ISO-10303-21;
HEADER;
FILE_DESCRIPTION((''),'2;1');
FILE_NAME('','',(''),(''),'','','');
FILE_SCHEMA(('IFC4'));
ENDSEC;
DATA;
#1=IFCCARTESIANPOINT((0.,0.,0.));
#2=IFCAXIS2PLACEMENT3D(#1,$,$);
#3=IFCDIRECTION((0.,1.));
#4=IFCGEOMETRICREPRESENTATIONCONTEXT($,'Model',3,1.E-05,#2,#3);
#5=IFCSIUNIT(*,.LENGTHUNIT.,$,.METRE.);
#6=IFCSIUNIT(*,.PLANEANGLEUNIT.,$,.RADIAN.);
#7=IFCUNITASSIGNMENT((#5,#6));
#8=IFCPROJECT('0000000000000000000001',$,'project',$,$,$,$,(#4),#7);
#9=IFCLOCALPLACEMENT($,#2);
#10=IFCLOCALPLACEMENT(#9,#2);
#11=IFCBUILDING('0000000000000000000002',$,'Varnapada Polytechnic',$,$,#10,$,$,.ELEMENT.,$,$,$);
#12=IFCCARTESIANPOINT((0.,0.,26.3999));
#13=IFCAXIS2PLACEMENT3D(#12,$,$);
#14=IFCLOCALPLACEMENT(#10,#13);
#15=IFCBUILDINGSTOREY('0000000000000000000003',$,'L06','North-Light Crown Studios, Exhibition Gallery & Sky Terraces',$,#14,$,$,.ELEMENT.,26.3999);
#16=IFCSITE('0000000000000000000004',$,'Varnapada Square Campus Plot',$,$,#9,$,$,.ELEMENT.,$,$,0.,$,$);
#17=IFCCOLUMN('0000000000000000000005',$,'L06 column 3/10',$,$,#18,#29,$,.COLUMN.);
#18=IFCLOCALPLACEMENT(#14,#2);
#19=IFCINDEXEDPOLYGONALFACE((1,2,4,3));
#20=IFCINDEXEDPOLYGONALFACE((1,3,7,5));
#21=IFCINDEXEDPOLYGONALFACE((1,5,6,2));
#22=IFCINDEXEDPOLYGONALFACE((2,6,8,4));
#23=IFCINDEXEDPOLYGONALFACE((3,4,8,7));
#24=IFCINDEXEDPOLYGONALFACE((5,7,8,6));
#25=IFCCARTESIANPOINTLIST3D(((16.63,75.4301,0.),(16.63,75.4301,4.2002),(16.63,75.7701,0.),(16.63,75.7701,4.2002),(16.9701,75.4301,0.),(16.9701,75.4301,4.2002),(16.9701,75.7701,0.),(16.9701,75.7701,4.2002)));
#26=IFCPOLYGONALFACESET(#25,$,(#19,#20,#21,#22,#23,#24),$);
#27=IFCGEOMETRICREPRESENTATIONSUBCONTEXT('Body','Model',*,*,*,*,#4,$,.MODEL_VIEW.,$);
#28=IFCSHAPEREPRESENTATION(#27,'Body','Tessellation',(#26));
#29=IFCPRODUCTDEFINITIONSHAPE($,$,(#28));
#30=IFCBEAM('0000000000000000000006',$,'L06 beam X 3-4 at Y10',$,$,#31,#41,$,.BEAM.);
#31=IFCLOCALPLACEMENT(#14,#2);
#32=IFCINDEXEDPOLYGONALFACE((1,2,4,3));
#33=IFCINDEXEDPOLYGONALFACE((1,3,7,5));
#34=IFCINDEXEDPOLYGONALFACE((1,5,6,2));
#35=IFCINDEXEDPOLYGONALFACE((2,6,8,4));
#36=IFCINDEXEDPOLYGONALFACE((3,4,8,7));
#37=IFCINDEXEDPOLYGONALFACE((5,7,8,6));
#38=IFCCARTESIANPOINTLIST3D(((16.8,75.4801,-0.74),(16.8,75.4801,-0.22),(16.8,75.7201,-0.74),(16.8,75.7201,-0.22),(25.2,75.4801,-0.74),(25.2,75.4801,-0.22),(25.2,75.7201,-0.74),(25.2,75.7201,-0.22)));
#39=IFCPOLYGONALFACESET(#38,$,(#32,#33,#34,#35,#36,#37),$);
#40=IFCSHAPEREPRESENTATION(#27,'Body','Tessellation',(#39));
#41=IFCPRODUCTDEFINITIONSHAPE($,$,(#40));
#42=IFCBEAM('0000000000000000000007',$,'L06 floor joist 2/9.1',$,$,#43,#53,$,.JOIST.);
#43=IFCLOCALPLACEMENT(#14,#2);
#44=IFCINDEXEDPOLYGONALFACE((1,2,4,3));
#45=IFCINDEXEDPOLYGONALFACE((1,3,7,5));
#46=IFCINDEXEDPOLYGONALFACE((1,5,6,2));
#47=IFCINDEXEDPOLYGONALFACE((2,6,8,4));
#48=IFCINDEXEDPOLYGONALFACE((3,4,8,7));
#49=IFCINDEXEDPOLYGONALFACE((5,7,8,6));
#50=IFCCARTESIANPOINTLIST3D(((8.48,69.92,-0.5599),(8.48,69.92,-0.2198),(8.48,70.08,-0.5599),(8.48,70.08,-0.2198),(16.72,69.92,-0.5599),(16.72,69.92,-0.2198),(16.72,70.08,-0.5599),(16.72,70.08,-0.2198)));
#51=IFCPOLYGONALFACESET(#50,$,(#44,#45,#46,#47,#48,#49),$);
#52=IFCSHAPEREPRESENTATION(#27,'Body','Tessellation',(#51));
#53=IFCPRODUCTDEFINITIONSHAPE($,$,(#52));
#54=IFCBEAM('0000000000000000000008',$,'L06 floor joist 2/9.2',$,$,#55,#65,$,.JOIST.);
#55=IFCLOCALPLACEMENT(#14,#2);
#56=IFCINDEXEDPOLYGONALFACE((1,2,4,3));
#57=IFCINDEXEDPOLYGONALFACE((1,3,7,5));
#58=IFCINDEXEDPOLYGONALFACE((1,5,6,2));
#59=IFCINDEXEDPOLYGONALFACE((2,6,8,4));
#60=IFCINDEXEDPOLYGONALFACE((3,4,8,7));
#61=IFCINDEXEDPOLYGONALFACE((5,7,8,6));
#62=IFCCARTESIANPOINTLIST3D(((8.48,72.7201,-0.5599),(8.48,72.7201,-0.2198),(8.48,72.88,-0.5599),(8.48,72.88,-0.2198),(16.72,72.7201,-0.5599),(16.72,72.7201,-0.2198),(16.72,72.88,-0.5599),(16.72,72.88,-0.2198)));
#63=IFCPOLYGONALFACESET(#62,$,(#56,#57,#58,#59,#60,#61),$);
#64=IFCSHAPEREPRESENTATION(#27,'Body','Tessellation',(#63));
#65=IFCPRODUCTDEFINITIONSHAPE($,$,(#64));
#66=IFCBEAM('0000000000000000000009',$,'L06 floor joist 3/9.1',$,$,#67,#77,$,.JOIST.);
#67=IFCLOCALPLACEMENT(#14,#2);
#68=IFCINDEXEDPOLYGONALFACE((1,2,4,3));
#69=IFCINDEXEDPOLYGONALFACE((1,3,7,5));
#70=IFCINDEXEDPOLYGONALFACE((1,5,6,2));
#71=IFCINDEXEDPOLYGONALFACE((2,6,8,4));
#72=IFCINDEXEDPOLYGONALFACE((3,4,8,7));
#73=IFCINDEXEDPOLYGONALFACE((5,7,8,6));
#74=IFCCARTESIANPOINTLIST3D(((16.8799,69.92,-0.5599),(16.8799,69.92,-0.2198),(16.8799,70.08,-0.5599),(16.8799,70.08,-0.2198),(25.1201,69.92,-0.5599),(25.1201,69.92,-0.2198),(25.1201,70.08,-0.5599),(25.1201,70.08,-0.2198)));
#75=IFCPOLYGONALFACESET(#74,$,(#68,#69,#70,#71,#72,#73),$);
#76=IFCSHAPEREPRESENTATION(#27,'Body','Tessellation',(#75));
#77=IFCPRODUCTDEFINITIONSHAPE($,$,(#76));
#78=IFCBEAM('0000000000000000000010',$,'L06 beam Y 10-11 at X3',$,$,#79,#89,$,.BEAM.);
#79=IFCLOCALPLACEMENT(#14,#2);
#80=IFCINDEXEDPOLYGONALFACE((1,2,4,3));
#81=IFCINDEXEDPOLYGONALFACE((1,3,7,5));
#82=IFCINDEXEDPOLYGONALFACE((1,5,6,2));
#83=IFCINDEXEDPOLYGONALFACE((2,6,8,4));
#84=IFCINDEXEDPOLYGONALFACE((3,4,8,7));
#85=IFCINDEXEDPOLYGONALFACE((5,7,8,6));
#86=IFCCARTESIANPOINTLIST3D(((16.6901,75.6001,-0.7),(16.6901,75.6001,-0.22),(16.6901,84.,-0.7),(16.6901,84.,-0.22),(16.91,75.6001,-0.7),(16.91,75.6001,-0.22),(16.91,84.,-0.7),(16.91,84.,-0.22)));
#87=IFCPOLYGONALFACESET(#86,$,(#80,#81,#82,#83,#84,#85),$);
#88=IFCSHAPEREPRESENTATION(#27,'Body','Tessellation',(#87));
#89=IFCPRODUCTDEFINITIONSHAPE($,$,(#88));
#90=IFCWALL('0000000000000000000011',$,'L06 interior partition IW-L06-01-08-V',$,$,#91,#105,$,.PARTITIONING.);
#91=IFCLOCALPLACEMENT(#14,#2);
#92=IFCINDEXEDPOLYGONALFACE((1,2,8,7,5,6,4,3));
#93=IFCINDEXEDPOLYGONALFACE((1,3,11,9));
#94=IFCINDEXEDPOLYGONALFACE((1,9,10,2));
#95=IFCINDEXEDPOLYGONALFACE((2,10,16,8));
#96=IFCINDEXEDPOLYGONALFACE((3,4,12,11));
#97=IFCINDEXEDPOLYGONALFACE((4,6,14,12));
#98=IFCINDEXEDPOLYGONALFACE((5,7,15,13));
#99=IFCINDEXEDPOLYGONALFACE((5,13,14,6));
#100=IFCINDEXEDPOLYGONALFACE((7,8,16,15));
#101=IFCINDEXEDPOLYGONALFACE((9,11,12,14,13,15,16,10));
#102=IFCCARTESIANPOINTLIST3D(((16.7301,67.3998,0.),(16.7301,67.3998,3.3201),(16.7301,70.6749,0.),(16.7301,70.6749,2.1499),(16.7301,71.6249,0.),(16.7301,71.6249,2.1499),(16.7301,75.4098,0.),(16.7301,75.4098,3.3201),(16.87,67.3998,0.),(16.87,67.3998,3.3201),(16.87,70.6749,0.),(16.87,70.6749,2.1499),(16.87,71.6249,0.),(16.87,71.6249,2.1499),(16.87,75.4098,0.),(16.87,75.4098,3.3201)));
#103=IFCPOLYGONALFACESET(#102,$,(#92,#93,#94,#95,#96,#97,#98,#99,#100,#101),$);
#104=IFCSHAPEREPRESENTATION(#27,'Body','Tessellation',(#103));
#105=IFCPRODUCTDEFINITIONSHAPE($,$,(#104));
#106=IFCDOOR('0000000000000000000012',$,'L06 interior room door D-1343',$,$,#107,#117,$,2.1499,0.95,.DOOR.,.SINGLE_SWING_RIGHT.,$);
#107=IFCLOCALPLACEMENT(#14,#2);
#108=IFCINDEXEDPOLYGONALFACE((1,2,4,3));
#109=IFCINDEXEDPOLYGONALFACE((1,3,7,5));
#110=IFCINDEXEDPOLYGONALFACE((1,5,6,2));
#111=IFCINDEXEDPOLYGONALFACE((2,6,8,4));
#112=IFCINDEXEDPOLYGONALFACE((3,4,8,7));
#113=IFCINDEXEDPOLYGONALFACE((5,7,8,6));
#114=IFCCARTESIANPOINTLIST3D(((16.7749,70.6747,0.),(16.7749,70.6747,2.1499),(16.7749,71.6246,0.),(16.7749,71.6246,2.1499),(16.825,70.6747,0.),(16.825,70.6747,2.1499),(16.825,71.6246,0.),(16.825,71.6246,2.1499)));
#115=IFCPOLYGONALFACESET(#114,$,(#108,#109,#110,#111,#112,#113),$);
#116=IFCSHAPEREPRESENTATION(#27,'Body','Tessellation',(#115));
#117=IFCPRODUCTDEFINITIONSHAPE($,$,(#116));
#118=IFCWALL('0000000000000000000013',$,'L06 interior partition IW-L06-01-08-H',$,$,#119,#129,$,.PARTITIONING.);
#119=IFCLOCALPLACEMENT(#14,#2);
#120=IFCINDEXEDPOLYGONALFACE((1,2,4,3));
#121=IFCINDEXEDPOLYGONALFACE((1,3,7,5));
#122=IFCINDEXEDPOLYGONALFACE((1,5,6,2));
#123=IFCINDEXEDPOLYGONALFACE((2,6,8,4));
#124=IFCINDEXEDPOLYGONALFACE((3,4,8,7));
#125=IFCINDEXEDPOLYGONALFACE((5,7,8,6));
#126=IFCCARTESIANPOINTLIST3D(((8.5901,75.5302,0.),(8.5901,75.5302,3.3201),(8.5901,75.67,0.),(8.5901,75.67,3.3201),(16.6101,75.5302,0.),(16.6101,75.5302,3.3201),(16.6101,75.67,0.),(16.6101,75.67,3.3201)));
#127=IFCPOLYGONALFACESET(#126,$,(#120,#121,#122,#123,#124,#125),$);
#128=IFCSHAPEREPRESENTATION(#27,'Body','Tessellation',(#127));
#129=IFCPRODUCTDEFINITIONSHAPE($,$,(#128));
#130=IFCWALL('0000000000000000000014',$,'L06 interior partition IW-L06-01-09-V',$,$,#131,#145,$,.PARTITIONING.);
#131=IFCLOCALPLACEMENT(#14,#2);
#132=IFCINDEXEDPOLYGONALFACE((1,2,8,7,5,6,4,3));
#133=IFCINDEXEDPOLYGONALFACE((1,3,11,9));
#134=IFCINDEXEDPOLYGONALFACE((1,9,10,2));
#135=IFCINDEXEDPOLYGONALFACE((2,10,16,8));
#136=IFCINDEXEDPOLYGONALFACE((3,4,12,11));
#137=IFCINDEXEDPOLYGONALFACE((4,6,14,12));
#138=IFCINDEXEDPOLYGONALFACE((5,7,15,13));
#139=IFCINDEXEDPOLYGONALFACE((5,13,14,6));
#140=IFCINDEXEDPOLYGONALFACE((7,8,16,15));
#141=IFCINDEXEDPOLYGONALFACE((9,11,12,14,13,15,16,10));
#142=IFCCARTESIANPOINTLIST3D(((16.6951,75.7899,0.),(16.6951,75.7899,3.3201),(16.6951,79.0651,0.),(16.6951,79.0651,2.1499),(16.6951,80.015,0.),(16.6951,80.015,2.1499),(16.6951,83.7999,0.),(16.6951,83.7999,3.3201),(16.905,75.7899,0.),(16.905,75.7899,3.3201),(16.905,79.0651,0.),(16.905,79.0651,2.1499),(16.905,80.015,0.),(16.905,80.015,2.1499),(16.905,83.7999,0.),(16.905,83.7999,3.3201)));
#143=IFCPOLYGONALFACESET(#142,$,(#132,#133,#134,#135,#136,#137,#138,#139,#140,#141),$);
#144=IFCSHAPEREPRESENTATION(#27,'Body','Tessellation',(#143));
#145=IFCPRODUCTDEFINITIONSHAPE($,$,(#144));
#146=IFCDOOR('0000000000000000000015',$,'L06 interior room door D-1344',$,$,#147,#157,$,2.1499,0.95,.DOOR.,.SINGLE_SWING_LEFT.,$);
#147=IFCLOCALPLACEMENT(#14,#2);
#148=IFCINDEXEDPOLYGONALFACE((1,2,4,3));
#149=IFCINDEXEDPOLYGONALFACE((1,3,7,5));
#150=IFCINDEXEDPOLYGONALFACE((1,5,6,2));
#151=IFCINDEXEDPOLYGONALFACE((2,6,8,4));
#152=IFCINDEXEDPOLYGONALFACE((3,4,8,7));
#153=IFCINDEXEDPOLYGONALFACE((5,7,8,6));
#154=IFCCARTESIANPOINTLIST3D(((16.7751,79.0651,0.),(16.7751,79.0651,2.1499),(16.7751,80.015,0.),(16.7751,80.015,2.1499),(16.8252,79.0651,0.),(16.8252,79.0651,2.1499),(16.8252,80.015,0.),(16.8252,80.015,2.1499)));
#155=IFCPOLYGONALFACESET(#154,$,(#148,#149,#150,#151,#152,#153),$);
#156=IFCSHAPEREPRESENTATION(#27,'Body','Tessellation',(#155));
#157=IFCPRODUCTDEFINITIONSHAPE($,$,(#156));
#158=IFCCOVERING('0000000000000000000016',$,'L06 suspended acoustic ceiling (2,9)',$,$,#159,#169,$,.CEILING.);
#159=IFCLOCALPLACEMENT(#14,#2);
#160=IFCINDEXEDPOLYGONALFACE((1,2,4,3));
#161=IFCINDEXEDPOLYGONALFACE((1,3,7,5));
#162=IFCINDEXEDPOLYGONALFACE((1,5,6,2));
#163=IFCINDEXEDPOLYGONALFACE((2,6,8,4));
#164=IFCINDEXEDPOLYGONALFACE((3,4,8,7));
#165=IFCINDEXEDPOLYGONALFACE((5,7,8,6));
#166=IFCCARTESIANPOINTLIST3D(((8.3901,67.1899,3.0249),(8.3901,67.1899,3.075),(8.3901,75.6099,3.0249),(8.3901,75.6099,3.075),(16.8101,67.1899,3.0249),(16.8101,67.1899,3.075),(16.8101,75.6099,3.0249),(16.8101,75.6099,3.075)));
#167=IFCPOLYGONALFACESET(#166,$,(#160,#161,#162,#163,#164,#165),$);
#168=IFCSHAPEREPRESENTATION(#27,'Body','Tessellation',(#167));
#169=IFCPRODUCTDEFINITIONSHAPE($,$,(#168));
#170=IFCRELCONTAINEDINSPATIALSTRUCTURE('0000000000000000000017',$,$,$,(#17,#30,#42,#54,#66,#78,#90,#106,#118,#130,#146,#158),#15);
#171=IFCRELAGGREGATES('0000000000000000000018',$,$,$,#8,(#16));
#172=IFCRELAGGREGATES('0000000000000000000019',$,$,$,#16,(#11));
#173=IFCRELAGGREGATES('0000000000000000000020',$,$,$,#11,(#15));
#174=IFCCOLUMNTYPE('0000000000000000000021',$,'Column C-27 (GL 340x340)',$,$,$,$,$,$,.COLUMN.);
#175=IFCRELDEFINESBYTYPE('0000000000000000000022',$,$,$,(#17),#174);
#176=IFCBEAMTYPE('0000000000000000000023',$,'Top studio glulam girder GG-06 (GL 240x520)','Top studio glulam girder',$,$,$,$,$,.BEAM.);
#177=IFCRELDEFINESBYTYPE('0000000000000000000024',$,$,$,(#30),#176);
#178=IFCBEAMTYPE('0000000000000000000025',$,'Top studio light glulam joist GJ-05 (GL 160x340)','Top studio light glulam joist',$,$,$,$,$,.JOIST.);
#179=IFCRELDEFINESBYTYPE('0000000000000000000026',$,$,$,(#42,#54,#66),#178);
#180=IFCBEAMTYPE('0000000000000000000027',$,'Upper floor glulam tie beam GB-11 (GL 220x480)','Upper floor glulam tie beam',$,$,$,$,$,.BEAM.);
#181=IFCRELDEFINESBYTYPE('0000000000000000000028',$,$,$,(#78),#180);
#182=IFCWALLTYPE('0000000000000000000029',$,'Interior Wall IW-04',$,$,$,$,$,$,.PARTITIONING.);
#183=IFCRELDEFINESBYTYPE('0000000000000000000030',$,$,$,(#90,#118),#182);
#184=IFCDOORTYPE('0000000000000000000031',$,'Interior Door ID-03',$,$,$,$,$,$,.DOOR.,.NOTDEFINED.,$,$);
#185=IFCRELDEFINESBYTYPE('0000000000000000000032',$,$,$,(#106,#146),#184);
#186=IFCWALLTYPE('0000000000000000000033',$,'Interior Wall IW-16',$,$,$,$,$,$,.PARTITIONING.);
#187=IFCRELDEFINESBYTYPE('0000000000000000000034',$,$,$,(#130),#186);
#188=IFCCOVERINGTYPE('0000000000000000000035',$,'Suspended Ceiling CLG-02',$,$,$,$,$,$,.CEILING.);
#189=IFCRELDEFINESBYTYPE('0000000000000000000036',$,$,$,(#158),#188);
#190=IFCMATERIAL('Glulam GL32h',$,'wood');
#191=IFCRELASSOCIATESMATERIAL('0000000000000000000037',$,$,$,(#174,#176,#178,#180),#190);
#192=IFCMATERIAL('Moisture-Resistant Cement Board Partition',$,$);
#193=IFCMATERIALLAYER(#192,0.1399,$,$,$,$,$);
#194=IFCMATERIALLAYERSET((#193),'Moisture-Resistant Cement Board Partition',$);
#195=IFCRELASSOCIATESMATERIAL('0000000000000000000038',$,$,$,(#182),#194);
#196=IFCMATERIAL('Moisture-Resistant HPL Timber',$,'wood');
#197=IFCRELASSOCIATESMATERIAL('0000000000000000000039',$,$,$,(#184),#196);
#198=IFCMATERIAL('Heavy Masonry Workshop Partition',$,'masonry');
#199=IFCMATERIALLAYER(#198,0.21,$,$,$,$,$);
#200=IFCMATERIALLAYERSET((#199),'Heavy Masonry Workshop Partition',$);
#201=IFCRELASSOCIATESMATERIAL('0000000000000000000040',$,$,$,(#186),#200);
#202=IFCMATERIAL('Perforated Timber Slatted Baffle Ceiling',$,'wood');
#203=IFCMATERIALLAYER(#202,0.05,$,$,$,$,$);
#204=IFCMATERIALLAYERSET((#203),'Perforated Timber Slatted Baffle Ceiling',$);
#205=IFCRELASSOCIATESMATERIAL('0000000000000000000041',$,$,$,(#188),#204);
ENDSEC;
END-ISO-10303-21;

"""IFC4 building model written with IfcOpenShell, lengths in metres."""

from ifc_helpers import new_model, si_unit, direction, frame, frame_2d, origin, origin_2d, place, context, subcontext, project, spatial, rectangle, extrude, material, layer, layer_set, material_profile, profile_set, type_object, element, fill, save


model = new_model("IFC4")

# Units and contexts
model_context = context("Model", 3, precision=1e-05, world=origin(), true_north=direction((0.0, 1.0)))
body_context = subcontext(model_context, "Body", "Model", "MODEL_VIEW")
ifc_project = project(units=[si_unit("LENGTHUNIT", "METRE"), si_unit("PLANEANGLEUNIT", "RADIAN")], contexts=[model_context])

# Site, building, storey
site_placement = place(None, origin())
site = spatial("IfcSite", under=ifc_project, at=site_placement, Name="Varnapada Square Campus Plot", CompositionType="ELEMENT", RefElevation=0.0)
building_placement = place(site_placement, origin())
building = spatial("IfcBuilding", under=site, at=building_placement, Name="Varnapada Polytechnic", CompositionType="ELEMENT")
storey_placement = place(building_placement, frame((0.0, 0.0, 26.3999)))
storey = spatial("IfcBuildingStorey", under=building, at=storey_placement, Name="L06", Description="North-Light Crown Studios, Exhibition Gallery & Sky Terraces", CompositionType="ELEMENT", Elevation=26.3999)

# Column
ifc_material_1 = material(Name="Glulam GL32h", Category="wood")
ifc_material_profile_1 = material_profile(ifc_material_1, rectangle(XDim=0.3401, YDim=0.3401, at=origin_2d()), Name="GL 340x340")
ifc_profile_set_1 = profile_set([ifc_material_profile_1], Name="Glulam GL32h")
column_type = type_object("IfcColumnType", Name="Column C-27 (GL 340x340)", PredefinedType="COLUMN", material=ifc_profile_set_1)
column_placement = place(storey_placement, frame((16.8, 75.6001, 0.0), z_axis=(0.0, 0.0, 1.0), x_axis=(1.0, 0.0, 0.0)))
element("IfcColumn", 1, at=column_placement, inside=storey, type_object=column_type, Name="L06 column 3/10", PredefinedType="COLUMN", context=body_context, shape_type="SweptSolid", body=[
    extrude(rectangle(XDim=0.3401, YDim=0.3401, at=origin_2d()), origin(), (0.0, 0.0, 1.0), 4.2002),
])

# Beams
ifc_material_profile_2 = material_profile(ifc_material_1, rectangle(XDim=0.24, YDim=0.52, at=origin_2d()), Name="GL 240x520")
ifc_profile_set_2 = profile_set([ifc_material_profile_2], Name="Glulam GL32h")
beam_type_1 = type_object("IfcBeamType", Name="Top studio glulam girder GG-06 (GL 240x520)", Description="Top studio glulam girder", PredefinedType="BEAM", material=ifc_profile_set_2)
beam_1_placement = place(storey_placement, frame((16.8, 75.6001, -0.48), z_axis=(1.0, 0.0, 0.0), x_axis=(0.0, 1.0, 0.0)))
element("IfcBeam", 2, at=beam_1_placement, inside=storey, type_object=beam_type_1, Name="L06 beam X 3-4 at Y10", PredefinedType="BEAM", context=body_context, shape_type="SweptSolid", body=[
    extrude(rectangle(XDim=0.24, YDim=0.52, at=origin_2d()), origin(), (0.0, 0.0, 1.0), 8.3999),
])
ifc_material_profile_3 = material_profile(ifc_material_1, rectangle(XDim=0.1599, YDim=0.3401, at=origin_2d()), Name="GL 160x340")
ifc_profile_set_3 = profile_set([ifc_material_profile_3], Name="Glulam GL32h")
beam_type_2 = type_object("IfcBeamType", Name="Top studio light glulam joist GJ-05 (GL 160x340)", Description="Top studio light glulam joist", PredefinedType="JOIST", material=ifc_profile_set_3)
for number, where, z_axis, x_axis, name in (
    (3, (8.48, 70.0, -0.3899), (1.0, 0.0, 0.0), (0.0, 1.0, 0.0), "L06 floor joist 2/9.1"),
    (4, (8.48, 72.8, -0.3899), (1.0, 0.0, 0.0), (0.0, 1.0, 0.0), "L06 floor joist 2/9.2"),
):
    element("IfcBeam", number, at=place(storey_placement, frame(where, z_axis=z_axis, x_axis=x_axis)), inside=storey, type_object=beam_type_2, Name=name, PredefinedType="JOIST", context=body_context, shape_type="SweptSolid", body=[
        extrude(rectangle(XDim=0.1599, YDim=0.3401, at=origin_2d()), origin(), (0.0, 0.0, 1.0), 8.24),
    ])
beam_2_placement = place(storey_placement, frame((16.8799, 70.0, -0.3899), z_axis=(1.0, 0.0, 0.0), x_axis=(0.0, 1.0, 0.0)))
element("IfcBeam", 5, at=beam_2_placement, inside=storey, type_object=beam_type_2, Name="L06 floor joist 3/9.1", PredefinedType="JOIST", context=body_context, shape_type="SweptSolid", body=[
    extrude(rectangle(XDim=0.1599, YDim=0.3401, at=origin_2d()), origin(), (0.0, 0.0, 1.0), 8.2402),
])
ifc_material_profile_4 = material_profile(ifc_material_1, rectangle(XDim=0.22, YDim=0.48, at=origin_2d()), Name="GL 220x480")
ifc_profile_set_4 = profile_set([ifc_material_profile_4], Name="Glulam GL32h")
beam_type_3 = type_object("IfcBeamType", Name="Upper floor glulam tie beam GB-11 (GL 220x480)", Description="Upper floor glulam tie beam", PredefinedType="BEAM", material=ifc_profile_set_4)
beam_3_placement = place(storey_placement, frame((16.8, 75.6001, -0.46), z_axis=(0.0, 1.0, 0.0), x_axis=(-1.0, 0.0, 0.0)))
element("IfcBeam", 6, at=beam_3_placement, inside=storey, type_object=beam_type_3, Name="L06 beam Y 10-11 at X3", PredefinedType="BEAM", context=body_context, shape_type="SweptSolid", body=[
    extrude(rectangle(XDim=0.22, YDim=0.48, at=origin_2d()), origin(), (0.0, 0.0, 1.0), 8.3999),
])

# Wall, opening, door
ifc_material_2 = material(Name="Moisture-Resistant Cement Board Partition")
ifc_layer_1 = layer(ifc_material_2, 0.1399)
ifc_layer_set_1 = layer_set([ifc_layer_1], Name="Moisture-Resistant Cement Board Partition")
wall_type_1 = type_object("IfcWallType", Name="Interior Wall IW-04", PredefinedType="PARTITIONING", material=ifc_layer_set_1)
wall_1_placement = place(storey_placement, frame((16.8, 67.3999, 0.0), z_axis=(0.0, 0.0, 1.0), x_axis=(0.0, 1.0, 0.0)))
wall_1 = element("IfcWall", 7, at=wall_1_placement, inside=storey, type_object=wall_type_1, Name="L06 interior partition IW-L06-01-08-V", PredefinedType="PARTITIONING", context=body_context, shape_type="SweptSolid", body=[
    extrude(rectangle(XDim=8.01, YDim=0.1399, at=frame_2d((4.0049, 0.0))), origin(), (0.0, 0.0, 1.0), 3.3201),
])
opening_1_placement = place(wall_1_placement, frame((3.2749, 0.0, 0.0)))
opening_1 = element("IfcOpeningElement", 8, at=opening_1_placement, cuts=wall_1, PredefinedType="OPENING", context=body_context, shape_type="SweptSolid", body=[
    extrude(rectangle(XDim=0.95, YDim=2.1499, at=frame_2d((0.4751, 1.075))), frame((0.0, 0.0798, 0.0), z_axis=(0.0, -1.0, 0.0), x_axis=(1.0, 0.0, 0.0)), (0.0, 0.0, 1.0), 0.1599),
])
ifc_material_3 = material(Name="Moisture-Resistant HPL Timber", Category="wood")
door_type = type_object("IfcDoorType", Name="Interior Door ID-03", OperationType="NOTDEFINED", PredefinedType="DOOR", material=ifc_material_3)
door_1_placement = place(opening_1_placement, frame((0.95, 0.0, 0.0), z_axis=(0.0, 0.0, 1.0), x_axis=(-1.0, 0.0, 0.0)))
door_1 = element("IfcDoor", 9, at=door_1_placement, inside=storey, type_object=door_type, Name="L06 interior room door D-1343", OperationType="SINGLE_SWING_RIGHT", OverallHeight=2.1499, OverallWidth=0.95, PredefinedType="DOOR", context=body_context, shape_type="SweptSolid", body=[
    extrude(rectangle(XDim=0.95, YDim=2.1499, at=frame_2d((0.4751, 1.075))), frame((0.0, 0.0249, 0.0), z_axis=(0.0, -1.0, 0.0), x_axis=(1.0, 0.0, 0.0)), (0.0, 0.0, 1.0), 0.05),
])
fill(opening_1, door_1)

# Wall
wall_2_placement = place(storey_placement, frame((8.5901, 75.6001, 0.0), z_axis=(0.0, 0.0, 1.0), x_axis=(1.0, 0.0, 0.0)))
element("IfcWall", 10, at=wall_2_placement, inside=storey, type_object=wall_type_1, Name="L06 interior partition IW-L06-01-08-H", PredefinedType="PARTITIONING", context=body_context, shape_type="SweptSolid", body=[
    extrude(rectangle(XDim=8.02, YDim=0.1399, at=frame_2d((4.01, 0.0))), origin(), (0.0, 0.0, 1.0), 3.3201),
])

# Wall, opening, door
ifc_material_4 = material(Name="Heavy Masonry Workshop Partition", Category="masonry")
ifc_layer_2 = layer(ifc_material_4, 0.21)
ifc_layer_set_2 = layer_set([ifc_layer_2], Name="Heavy Masonry Workshop Partition")
wall_type_2 = type_object("IfcWallType", Name="Interior Wall IW-16", PredefinedType="PARTITIONING", material=ifc_layer_set_2)
wall_3_placement = place(storey_placement, frame((16.8, 75.79, 0.0), z_axis=(0.0, 0.0, 1.0), x_axis=(0.0, 1.0, 0.0)))
wall_3 = element("IfcWall", 11, at=wall_3_placement, inside=storey, type_object=wall_type_2, Name="L06 interior partition IW-L06-01-09-V", PredefinedType="PARTITIONING", context=body_context, shape_type="SweptSolid", body=[
    extrude(rectangle(XDim=8.01, YDim=0.21, at=frame_2d((4.0049, 0.0))), origin(), (0.0, 0.0, 1.0), 3.3201),
])
opening_2_placement = place(wall_3_placement, frame((3.2749, 0.0, 0.0)))
opening_2 = element("IfcOpeningElement", 12, at=opening_2_placement, cuts=wall_3, PredefinedType="OPENING", context=body_context, shape_type="SweptSolid", body=[
    extrude(rectangle(XDim=0.95, YDim=2.1499, at=frame_2d((0.4751, 1.075))), frame((0.0, 0.115, 0.0), z_axis=(0.0, -1.0, 0.0), x_axis=(1.0, 0.0, 0.0)), (0.0, 0.0, 1.0), 0.23),
])
door_2_placement = place(opening_2_placement, origin())
door_2 = element("IfcDoor", 13, at=door_2_placement, inside=storey, type_object=door_type, Name="L06 interior room door D-1344", OperationType="SINGLE_SWING_LEFT", OverallHeight=2.1499, OverallWidth=0.95, PredefinedType="DOOR", context=body_context, shape_type="SweptSolid", body=[
    extrude(rectangle(XDim=0.95, YDim=2.1499, at=frame_2d((0.4751, 1.075))), frame((0.0, 0.0249, 0.0), z_axis=(0.0, -1.0, 0.0), x_axis=(1.0, 0.0, 0.0)), (0.0, 0.0, 1.0), 0.05),
])
fill(opening_2, door_2)

# Covering
ifc_material_5 = material(Name="Perforated Timber Slatted Baffle Ceiling", Category="wood")
ifc_layer_3 = layer(ifc_material_5, 0.05)
ifc_layer_set_3 = layer_set([ifc_layer_3], Name="Perforated Timber Slatted Baffle Ceiling")
covering_type = type_object("IfcCoveringType", Name="Suspended Ceiling CLG-02", PredefinedType="CEILING", material=ifc_layer_set_3)
covering_placement = place(storey_placement, frame((12.6001, 71.3999, 3.0249), z_axis=(0.0, 0.0, 1.0), x_axis=(1.0, 0.0, 0.0)))
element("IfcCovering", 14, at=covering_placement, inside=storey, type_object=covering_type, Name="L06 suspended acoustic ceiling (2,9)", PredefinedType="CEILING", context=body_context, shape_type="SweptSolid", body=[
    extrude(rectangle(XDim=8.4199, YDim=8.4199, at=origin_2d()), origin(), (0.0, 0.0, 1.0), 0.05),
])

save(model, "model.ifc")
